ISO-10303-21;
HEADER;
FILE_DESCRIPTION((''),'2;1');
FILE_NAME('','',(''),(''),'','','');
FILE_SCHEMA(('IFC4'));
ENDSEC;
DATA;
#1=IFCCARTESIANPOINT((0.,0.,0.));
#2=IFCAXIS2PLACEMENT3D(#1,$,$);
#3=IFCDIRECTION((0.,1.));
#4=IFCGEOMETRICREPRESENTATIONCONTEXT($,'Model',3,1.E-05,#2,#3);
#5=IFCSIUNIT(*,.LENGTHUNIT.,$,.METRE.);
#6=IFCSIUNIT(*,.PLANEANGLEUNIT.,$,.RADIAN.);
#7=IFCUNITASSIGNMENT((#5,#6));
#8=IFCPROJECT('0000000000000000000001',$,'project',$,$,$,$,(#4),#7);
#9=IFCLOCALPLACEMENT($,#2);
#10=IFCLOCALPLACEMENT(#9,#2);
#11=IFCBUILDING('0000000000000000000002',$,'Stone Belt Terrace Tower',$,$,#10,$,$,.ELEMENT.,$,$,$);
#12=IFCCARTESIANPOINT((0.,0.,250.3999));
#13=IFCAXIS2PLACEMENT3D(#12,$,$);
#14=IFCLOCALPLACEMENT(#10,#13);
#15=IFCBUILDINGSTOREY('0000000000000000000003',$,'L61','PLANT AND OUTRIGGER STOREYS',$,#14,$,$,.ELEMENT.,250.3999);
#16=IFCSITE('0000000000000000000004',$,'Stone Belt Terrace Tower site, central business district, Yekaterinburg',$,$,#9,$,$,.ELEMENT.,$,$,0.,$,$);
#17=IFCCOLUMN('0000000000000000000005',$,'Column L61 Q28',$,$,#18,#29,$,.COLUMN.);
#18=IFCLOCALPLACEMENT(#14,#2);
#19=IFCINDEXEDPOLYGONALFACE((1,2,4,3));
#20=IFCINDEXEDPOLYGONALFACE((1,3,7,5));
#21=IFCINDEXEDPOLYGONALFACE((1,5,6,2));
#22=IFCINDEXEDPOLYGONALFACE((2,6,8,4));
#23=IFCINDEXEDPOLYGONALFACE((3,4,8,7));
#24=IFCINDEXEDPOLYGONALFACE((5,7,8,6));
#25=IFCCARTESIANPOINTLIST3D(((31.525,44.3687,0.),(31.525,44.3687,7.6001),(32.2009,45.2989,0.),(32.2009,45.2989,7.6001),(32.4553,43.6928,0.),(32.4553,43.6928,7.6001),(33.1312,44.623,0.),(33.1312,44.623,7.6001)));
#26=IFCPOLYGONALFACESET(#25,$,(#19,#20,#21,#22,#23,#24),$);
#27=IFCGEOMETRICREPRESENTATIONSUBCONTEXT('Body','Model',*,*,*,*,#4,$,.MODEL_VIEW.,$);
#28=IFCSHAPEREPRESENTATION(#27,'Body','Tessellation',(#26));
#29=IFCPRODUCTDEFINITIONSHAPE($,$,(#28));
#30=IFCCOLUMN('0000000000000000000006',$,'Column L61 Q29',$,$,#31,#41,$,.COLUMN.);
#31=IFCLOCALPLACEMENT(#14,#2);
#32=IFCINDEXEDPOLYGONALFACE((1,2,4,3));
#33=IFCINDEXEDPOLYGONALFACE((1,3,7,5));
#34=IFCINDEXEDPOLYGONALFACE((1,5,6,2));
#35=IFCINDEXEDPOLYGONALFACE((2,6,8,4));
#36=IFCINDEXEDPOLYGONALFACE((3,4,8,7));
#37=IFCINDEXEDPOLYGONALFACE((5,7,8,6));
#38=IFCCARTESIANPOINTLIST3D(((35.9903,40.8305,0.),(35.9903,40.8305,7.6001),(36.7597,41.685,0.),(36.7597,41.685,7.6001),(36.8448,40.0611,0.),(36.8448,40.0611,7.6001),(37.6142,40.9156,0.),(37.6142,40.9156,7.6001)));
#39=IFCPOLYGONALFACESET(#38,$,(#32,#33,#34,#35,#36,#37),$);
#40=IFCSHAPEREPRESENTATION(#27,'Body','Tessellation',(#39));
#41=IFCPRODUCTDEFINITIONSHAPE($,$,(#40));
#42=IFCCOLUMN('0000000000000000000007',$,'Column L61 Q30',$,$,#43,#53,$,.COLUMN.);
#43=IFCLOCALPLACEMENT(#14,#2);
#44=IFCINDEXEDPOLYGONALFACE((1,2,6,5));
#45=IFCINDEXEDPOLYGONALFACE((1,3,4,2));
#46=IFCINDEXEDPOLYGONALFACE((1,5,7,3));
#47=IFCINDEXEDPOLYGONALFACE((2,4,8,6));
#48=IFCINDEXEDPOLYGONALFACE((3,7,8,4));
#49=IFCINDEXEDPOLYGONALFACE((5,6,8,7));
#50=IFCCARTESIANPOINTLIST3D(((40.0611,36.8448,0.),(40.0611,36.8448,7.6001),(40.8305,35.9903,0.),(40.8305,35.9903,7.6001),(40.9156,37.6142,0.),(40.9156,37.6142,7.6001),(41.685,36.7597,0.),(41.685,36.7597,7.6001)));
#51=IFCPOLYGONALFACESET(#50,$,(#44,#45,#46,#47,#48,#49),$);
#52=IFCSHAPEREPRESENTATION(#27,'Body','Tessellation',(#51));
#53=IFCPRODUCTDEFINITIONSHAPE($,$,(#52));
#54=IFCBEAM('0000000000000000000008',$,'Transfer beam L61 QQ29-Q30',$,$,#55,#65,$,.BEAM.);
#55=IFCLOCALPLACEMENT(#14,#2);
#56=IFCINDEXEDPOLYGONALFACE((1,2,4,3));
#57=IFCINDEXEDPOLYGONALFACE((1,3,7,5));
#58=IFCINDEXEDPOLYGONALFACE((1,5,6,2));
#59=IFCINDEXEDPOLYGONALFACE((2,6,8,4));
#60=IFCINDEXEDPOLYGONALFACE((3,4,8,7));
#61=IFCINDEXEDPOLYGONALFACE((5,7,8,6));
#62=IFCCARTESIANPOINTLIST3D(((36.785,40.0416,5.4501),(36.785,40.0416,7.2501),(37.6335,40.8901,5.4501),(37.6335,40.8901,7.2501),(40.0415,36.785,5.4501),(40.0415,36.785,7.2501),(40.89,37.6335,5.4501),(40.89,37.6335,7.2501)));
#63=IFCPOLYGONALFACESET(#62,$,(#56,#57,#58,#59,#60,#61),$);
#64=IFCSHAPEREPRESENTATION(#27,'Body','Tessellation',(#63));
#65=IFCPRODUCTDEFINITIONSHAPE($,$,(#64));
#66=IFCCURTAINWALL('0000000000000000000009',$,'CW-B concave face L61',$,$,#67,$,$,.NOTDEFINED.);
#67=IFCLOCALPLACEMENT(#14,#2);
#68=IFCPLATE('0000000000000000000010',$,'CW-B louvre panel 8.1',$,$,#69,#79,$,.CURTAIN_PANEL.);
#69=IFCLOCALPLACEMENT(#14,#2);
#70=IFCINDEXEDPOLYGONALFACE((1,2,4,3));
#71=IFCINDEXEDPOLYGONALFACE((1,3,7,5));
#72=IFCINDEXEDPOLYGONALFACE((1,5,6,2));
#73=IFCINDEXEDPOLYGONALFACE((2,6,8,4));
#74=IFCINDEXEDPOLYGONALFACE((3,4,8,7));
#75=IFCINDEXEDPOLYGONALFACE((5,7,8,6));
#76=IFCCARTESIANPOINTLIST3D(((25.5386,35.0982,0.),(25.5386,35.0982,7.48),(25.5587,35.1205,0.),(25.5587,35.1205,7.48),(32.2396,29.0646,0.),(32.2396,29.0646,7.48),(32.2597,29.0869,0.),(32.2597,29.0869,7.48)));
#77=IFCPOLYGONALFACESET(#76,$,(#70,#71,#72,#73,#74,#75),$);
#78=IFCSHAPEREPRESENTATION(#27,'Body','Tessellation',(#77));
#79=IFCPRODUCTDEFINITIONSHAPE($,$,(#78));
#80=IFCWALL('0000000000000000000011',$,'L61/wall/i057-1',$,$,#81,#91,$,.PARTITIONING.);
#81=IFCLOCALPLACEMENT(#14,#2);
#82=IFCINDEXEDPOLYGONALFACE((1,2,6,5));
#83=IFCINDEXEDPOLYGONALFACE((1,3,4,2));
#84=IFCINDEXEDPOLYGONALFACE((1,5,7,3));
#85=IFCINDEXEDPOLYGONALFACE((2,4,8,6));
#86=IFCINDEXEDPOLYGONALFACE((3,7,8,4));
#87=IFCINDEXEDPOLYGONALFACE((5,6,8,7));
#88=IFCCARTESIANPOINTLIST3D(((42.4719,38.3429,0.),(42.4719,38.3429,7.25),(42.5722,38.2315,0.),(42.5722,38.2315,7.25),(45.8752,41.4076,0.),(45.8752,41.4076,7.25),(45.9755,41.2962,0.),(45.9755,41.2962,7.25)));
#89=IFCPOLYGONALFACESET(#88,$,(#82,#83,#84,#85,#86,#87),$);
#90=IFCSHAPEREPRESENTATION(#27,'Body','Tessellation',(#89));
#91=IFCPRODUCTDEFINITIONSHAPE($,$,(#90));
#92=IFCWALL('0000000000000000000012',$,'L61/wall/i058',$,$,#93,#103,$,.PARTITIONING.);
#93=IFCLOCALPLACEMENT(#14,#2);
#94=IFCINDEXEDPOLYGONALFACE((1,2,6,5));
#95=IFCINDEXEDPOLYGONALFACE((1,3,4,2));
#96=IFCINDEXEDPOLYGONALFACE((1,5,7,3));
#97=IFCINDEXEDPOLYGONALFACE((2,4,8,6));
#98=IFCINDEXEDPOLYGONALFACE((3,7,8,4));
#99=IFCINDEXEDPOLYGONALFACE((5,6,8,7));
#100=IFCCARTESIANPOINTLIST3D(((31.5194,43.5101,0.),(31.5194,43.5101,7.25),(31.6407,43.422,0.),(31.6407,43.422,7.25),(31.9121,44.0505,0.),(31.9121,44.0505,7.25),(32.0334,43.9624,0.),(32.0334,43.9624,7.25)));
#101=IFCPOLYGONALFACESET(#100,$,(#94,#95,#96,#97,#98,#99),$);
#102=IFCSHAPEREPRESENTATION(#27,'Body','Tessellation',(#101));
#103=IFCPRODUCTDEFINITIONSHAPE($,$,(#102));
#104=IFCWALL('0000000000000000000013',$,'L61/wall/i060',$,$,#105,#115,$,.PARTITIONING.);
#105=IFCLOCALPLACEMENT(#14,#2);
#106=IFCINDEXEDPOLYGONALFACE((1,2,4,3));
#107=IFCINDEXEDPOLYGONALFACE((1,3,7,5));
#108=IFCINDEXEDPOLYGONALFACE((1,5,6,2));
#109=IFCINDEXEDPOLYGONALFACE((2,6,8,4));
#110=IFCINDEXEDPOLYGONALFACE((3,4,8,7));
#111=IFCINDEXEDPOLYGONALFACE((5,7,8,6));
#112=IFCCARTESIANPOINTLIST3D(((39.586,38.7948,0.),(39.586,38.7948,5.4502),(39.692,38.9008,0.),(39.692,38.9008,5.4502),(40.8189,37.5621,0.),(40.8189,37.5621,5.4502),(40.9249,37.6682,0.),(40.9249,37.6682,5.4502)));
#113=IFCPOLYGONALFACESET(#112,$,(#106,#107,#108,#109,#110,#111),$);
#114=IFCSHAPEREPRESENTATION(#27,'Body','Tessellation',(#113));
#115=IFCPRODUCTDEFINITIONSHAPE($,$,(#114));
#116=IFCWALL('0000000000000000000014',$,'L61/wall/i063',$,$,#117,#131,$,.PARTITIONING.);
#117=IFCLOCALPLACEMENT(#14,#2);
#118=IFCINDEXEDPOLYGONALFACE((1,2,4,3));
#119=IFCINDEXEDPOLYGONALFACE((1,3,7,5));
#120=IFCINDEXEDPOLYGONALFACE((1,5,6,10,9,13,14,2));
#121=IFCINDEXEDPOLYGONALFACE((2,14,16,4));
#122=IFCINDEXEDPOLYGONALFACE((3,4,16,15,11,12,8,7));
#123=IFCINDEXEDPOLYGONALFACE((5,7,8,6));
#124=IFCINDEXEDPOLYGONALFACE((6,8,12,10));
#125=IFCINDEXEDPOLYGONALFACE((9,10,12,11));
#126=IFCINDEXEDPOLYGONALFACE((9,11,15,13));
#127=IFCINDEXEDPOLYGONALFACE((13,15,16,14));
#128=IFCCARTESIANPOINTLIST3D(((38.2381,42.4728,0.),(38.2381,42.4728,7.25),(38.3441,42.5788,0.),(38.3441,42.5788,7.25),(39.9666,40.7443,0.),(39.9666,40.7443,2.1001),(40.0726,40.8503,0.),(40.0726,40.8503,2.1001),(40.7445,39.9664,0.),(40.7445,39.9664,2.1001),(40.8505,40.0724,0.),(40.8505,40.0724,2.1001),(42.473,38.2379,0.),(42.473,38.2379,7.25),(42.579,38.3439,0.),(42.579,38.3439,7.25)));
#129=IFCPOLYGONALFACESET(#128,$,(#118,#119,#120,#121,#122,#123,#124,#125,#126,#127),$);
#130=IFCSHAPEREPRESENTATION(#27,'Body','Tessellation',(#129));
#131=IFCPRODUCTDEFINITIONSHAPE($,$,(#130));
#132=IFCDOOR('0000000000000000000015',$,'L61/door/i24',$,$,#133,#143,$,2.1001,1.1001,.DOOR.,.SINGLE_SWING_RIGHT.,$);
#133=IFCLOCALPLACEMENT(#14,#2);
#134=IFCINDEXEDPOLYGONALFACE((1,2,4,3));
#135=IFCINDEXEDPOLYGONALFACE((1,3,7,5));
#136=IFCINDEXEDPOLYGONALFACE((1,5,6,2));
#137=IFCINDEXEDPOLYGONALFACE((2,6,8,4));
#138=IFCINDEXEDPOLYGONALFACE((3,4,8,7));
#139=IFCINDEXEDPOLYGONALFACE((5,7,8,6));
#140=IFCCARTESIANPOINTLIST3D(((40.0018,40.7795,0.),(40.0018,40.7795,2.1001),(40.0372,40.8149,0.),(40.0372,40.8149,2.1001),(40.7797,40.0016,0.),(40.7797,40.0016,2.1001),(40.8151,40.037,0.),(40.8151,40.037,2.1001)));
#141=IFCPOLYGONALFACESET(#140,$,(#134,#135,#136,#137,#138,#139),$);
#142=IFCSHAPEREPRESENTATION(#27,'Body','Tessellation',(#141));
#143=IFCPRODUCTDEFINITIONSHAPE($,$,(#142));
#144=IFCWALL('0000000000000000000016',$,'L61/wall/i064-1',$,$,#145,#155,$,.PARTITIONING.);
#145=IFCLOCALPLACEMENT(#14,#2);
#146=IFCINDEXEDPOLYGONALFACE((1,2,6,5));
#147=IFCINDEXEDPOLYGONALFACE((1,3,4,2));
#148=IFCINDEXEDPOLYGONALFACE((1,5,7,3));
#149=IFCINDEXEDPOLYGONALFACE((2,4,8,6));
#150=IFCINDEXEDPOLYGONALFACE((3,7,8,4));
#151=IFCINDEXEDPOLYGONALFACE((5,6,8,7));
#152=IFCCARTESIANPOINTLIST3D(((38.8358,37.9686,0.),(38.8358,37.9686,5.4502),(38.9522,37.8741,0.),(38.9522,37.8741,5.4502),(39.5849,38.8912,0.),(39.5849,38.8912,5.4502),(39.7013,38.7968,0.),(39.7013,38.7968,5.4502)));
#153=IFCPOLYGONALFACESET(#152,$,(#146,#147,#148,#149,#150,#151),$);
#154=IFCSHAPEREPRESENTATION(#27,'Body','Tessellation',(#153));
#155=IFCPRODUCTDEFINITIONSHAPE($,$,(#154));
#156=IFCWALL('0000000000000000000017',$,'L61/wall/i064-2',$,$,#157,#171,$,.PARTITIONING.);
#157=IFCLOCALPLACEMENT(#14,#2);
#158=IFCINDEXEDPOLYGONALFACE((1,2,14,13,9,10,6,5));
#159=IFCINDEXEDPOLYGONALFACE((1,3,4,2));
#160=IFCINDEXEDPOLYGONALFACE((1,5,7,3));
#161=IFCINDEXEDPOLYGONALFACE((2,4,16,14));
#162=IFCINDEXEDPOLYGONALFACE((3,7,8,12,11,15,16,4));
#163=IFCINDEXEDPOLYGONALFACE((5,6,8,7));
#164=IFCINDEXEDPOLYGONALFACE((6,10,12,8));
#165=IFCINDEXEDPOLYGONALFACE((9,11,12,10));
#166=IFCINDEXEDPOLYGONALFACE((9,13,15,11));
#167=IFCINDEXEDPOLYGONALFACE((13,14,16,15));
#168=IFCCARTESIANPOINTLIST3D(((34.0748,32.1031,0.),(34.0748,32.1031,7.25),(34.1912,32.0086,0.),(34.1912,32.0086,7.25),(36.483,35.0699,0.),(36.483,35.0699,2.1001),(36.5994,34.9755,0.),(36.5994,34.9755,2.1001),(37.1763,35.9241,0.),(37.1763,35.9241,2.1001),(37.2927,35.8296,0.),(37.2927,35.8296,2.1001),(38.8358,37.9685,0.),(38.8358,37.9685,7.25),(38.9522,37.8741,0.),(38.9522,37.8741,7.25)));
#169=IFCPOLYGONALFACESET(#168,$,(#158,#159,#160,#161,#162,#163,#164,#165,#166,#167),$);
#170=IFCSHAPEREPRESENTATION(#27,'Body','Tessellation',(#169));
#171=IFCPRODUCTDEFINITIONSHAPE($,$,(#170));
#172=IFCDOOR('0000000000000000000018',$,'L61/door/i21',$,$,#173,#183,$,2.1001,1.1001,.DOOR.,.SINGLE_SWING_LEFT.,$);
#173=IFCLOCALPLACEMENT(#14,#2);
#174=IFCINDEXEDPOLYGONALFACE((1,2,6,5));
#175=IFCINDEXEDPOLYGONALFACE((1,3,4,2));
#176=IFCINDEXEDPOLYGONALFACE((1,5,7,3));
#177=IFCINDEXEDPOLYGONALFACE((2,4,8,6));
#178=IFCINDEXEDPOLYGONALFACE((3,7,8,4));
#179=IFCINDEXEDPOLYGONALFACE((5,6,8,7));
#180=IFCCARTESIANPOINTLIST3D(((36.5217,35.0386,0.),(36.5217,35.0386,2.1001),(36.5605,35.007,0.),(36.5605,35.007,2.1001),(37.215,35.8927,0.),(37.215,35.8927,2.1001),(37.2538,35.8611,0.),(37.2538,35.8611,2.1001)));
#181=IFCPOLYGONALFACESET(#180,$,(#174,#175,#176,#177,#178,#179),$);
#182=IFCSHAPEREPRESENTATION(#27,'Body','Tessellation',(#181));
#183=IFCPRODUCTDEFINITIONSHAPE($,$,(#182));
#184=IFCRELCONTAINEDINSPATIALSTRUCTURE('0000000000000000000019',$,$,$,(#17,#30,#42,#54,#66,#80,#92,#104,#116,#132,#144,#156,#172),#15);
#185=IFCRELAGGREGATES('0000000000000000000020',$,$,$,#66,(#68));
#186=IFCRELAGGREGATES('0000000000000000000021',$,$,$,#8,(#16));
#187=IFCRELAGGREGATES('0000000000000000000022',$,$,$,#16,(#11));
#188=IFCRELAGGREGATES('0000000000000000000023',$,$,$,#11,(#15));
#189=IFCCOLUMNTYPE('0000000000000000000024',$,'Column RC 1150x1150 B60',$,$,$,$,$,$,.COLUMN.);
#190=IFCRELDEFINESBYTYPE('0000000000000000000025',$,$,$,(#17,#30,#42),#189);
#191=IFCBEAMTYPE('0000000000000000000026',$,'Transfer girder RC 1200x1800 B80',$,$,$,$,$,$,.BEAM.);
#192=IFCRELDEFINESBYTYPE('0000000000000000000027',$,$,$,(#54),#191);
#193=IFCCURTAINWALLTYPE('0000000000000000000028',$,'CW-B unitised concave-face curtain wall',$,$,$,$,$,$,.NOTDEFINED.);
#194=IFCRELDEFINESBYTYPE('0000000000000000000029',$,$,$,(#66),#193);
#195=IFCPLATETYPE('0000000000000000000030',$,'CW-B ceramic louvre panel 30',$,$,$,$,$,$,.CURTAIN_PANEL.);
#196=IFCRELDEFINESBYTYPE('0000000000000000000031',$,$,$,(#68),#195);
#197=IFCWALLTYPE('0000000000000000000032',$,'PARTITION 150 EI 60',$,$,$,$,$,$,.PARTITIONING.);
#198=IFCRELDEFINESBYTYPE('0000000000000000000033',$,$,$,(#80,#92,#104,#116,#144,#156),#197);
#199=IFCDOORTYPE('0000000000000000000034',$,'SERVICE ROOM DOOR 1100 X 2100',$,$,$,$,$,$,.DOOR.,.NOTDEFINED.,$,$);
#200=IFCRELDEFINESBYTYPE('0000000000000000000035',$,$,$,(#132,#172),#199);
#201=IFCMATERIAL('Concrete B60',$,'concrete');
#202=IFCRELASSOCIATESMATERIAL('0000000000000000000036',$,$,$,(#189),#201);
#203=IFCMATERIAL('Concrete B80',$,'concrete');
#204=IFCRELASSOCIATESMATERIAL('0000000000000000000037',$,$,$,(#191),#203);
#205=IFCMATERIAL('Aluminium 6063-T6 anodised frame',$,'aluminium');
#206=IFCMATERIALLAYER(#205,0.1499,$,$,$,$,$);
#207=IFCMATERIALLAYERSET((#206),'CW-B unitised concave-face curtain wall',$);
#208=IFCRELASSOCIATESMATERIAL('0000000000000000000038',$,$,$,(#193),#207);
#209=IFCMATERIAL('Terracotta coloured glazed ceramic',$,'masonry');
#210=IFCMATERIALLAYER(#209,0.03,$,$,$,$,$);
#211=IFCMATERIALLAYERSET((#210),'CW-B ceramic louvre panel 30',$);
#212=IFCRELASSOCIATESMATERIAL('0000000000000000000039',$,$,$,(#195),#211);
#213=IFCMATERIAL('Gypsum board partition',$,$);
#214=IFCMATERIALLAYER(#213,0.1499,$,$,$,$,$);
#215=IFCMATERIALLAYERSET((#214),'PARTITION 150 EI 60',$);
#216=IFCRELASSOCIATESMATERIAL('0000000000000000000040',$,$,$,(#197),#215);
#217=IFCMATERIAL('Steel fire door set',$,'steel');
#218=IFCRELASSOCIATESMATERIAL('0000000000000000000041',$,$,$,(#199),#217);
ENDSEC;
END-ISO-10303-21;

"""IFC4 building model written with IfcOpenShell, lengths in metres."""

from ifc_helpers import new_model, si_unit, direction, frame, frame_2d, origin, origin_2d, place, context, subcontext, project, spatial, rectangle, extrude, material, layer, layer_set, material_profile, profile_set, type_object, element, fill, aggregate, save


model = new_model("IFC4")

# Units and contexts
model_context = context("Model", 3, precision=1e-05, world=origin(), true_north=direction((0.0, 1.0)))
body_context = subcontext(model_context, "Body", "Model", "MODEL_VIEW")
ifc_project = project(units=[si_unit("LENGTHUNIT", "METRE"), si_unit("PLANEANGLEUNIT", "RADIAN")], contexts=[model_context])

# Site, building, storey
site_placement = place(None, origin())
site = spatial("IfcSite", under=ifc_project, at=site_placement, Name="Stone Belt Terrace Tower site, central business district, Yekaterinburg", CompositionType="ELEMENT", RefElevation=0.0)
building_placement = place(site_placement, origin())
building = spatial("IfcBuilding", under=site, at=building_placement, Name="Stone Belt Terrace Tower", CompositionType="ELEMENT")
storey_placement = place(building_placement, frame((0.0, 0.0, 250.3999)))
storey = spatial("IfcBuildingStorey", under=building, at=storey_placement, Name="L61", Description="PLANT AND OUTRIGGER STOREYS", CompositionType="ELEMENT", Elevation=250.3999)

# Columns
ifc_material_1 = material(Name="Concrete B60", Category="concrete")
ifc_material_profile_1 = material_profile(ifc_material_1, rectangle(XDim=1.1499, YDim=1.1499, at=origin_2d()), Name="RC 1150x1150")
ifc_profile_set_1 = profile_set([ifc_material_profile_1], Name="Concrete B60")
column_type = type_object("IfcColumnType", Name="Column RC 1150x1150 B60", PredefinedType="COLUMN", material=ifc_profile_set_1)
for number, where, z_axis, x_axis, name in (
    (1, (32.3281, 44.4958, 0.0), (0.0, 0.0, 1.0), (0.809017, -0.587785, 0.0), "Column L61 Q28"),
    (2, (36.8022, 40.873, 0.0), (0.0, 0.0, 1.0), (0.743145, -0.669131, 0.0), "Column L61 Q29"),
    (3, (40.873, 36.8022, 0.0), (0.0, 0.0, 1.0), (0.669131, -0.743145, 0.0), "Column L61 Q30"),
):
    element("IfcColumn", number, at=place(storey_placement, frame(where, z_axis=z_axis, x_axis=x_axis)), inside=storey, type_object=column_type, Name=name, PredefinedType="COLUMN", context=body_context, shape_type="SweptSolid", body=[
        extrude(rectangle(XDim=1.1499, YDim=1.1499, at=origin_2d()), origin(), (0.0, 0.0, 1.0), 7.6001),
    ])

# Beam
ifc_material_2 = material(Name="Concrete B80", Category="concrete")
ifc_material_profile_2 = material_profile(ifc_material_2, rectangle(XDim=1.2, YDim=1.8, at=origin_2d()), Name="RC 1200x1800")
ifc_profile_set_2 = profile_set([ifc_material_profile_2], Name="Concrete B80")
beam_type = type_object("IfcBeamType", Name="Transfer girder RC 1200x1800 B80", PredefinedType="BEAM", material=ifc_profile_set_2)
beam_placement = place(storey_placement, frame((37.2092, 40.4658, 6.3501), z_axis=(0.707107, -0.707107, 0.0), x_axis=(0.707107, 0.707107, 0.0)))
element("IfcBeam", 4, at=beam_placement, inside=storey, type_object=beam_type, Name="Transfer beam L61 QQ29-Q30", PredefinedType="BEAM", context=body_context, shape_type="SweptSolid", body=[
    extrude(rectangle(XDim=1.2, YDim=1.8, at=origin_2d()), origin(), (0.0, 0.0, 1.0), 4.6055),
])

# Curtain wall, plate
ifc_material_3 = material(Name="Aluminium 6063-T6 anodised frame", Category="aluminium")
ifc_layer_1 = layer(ifc_material_3, 0.1499)
ifc_layer_set_1 = layer_set([ifc_layer_1], Name="CW-B unitised concave-face curtain wall")
curtain_wall_type = type_object("IfcCurtainWallType", Name="CW-B unitised concave-face curtain wall", PredefinedType="NOTDEFINED", material=ifc_layer_set_1)
curtain_wall_placement = place(storey_placement, origin())
curtain_wall = element("IfcCurtainWall", 5, at=curtain_wall_placement, inside=storey, type_object=curtain_wall_type, Name="CW-B concave face L61", PredefinedType="NOTDEFINED")
ifc_material_4 = material(Name="Terracotta coloured glazed ceramic", Category="masonry")
ifc_layer_2 = layer(ifc_material_4, 0.03)
ifc_layer_set_2 = layer_set([ifc_layer_2], Name="CW-B ceramic louvre panel 30")
plate_type = type_object("IfcPlateType", Name="CW-B ceramic louvre panel 30", PredefinedType="CURTAIN_PANEL", material=ifc_layer_set_2)
plate_placement = place(storey_placement, frame((28.8992, 32.0925, 0.0), z_axis=(0.0, 0.0, 1.0), x_axis=(0.743145, -0.669131, 0.0)))
plate = element("IfcPlate", 6, at=plate_placement, type_object=plate_type, Name="CW-B louvre panel 8.1", PredefinedType="CURTAIN_PANEL", context=body_context, shape_type="SweptSolid", body=[
    extrude(rectangle(XDim=9.0171, YDim=0.03, at=origin_2d()), origin(), (0.0, 0.0, 1.0), 7.48),
])
aggregate(curtain_wall, [plate])

# Walls
ifc_material_5 = material(Name="Gypsum board partition")
ifc_layer_3 = layer(ifc_material_5, 0.1499)
ifc_layer_set_3 = layer_set([ifc_layer_3], Name="PARTITION 150 EI 60")
wall_type_1 = type_object("IfcWallType", Name="PARTITION 150 EI 60", PredefinedType="PARTITIONING", material=ifc_layer_set_3)
wall_1_placement = place(storey_placement, frame((42.522, 38.2871, 0.0), z_axis=(0.0, 0.0, 1.0), x_axis=(0.743109, 0.669171, 0.0)))
element("IfcWall", 7, at=wall_1_placement, inside=storey, type_object=wall_type_1, Name="L61/wall/i057-1", PredefinedType="PARTITIONING", context=body_context, shape_type="SweptSolid", body=[
    extrude(rectangle(XDim=4.5798, YDim=0.1499, at=frame_2d((2.29, 0.0))), origin(), (0.0, 0.0, 1.0), 7.25),
])
wall_2_placement = place(storey_placement, frame((31.5801, 43.4661, 0.0), z_axis=(0.0, 0.0, 1.0), x_axis=(0.587824, 0.808989, 0.0)))
element("IfcWall", 8, at=wall_2_placement, inside=storey, type_object=wall_type_1, Name="L61/wall/i058", PredefinedType="PARTITIONING", context=body_context, shape_type="SweptSolid", body=[
    extrude(rectangle(XDim=0.668, YDim=0.1499, at=frame_2d((0.334, 0.0))), origin(), (0.0, 0.0, 1.0), 7.25),
])
wall_3_placement = place(storey_placement, frame((40.8718, 37.6152, 0.0), z_axis=(0.0, 0.0, 1.0), x_axis=(-0.707177, 0.707037, 0.0)))
element("IfcWall", 9, at=wall_3_placement, inside=storey, type_object=wall_type_1, Name="L61/wall/i060", PredefinedType="PARTITIONING", context=body_context, shape_type="SweptSolid", body=[
    extrude(rectangle(XDim=1.7434, YDim=0.1499, at=frame_2d((0.8716, 0.0))), origin(), (0.0, 0.0, 1.0), 5.4502),
])

# Wall, opening, door
wall_4_placement = place(storey_placement, frame((38.291, 42.5259, 0.0), z_axis=(0.0, 0.0, 1.0), x_axis=(0.707107, -0.707107, 0.0)))
wall_4 = element("IfcWall", 10, at=wall_4_placement, inside=storey, type_object=wall_type_1, Name="L61/wall/i063", PredefinedType="PARTITIONING", context=body_context, shape_type="SweptSolid", body=[
    extrude(rectangle(XDim=5.989, YDim=0.1499, at=frame_2d((2.9946, 0.0))), origin(), (0.0, 0.0, 1.0), 7.25),
])
opening_1_placement = place(wall_4_placement, frame((2.4446, 0.0, 0.0)))
opening_1 = element("IfcOpeningElement", 11, at=opening_1_placement, cuts=wall_4, PredefinedType="OPENING", context=body_context, shape_type="SweptSolid", body=[
    extrude(rectangle(XDim=1.1001, YDim=2.1001, at=frame_2d((0.55, 1.05))), frame((0.0, 0.085, 0.0), z_axis=(0.0, -1.0, 0.0), x_axis=(1.0, 0.0, 0.0)), (0.0, 0.0, 1.0), 0.1699),
])
ifc_material_6 = material(Name="Steel fire door set", Category="steel")
door_type_1 = type_object("IfcDoorType", Name="SERVICE ROOM DOOR 1100 X 2100", OperationType="NOTDEFINED", PredefinedType="DOOR", material=ifc_material_6)
door_1_placement = place(opening_1_placement, origin())
door_1 = element("IfcDoor", 12, at=door_1_placement, inside=storey, type_object=door_type_1, Name="L61/door/i24", OperationType="SINGLE_SWING_RIGHT", OverallHeight=2.1001, OverallWidth=1.1001, PredefinedType="DOOR", context=body_context, shape_type="SweptSolid", body=[
    extrude(rectangle(XDim=1.1001, YDim=2.1001, at=frame_2d((0.55, 1.05))), frame((0.0, 0.0249, 0.0), z_axis=(0.0, -1.0, 0.0), x_axis=(1.0, 0.0, 0.0)), (0.0, 0.0, 1.0), 0.05),
])
fill(opening_1, door_1)

# Wall
wall_5_placement = place(storey_placement, frame((39.6431, 38.844, 0.0), z_axis=(0.0, 0.0, 1.0), x_axis=(-0.630291, -0.776359, 0.0)))
element("IfcWall", 13, at=wall_5_placement, inside=storey, type_object=wall_type_1, Name="L61/wall/i064-1", PredefinedType="PARTITIONING", context=body_context, shape_type="SweptSolid", body=[
    extrude(rectangle(XDim=1.1885, YDim=0.1499, at=frame_2d((0.5942, 0.0))), origin(), (0.0, 0.0, 1.0), 5.4502),
])

# Wall, opening, door
wall_6_placement = place(storey_placement, frame((38.894, 37.9214, 0.0), z_axis=(0.0, 0.0, 1.0), x_axis=(-0.630217, -0.776419, 0.0)))
wall_6 = element("IfcWall", 14, at=wall_6_placement, inside=storey, type_object=wall_type_1, Name="L61/wall/i064-2", PredefinedType="PARTITIONING", context=body_context, shape_type="SweptSolid", body=[
    extrude(rectangle(XDim=7.5544, YDim=0.1499, at=frame_2d((3.7773, 0.0))), origin(), (0.0, 0.0, 1.0), 7.25),
])
opening_2_placement = place(wall_6_placement, frame((2.6333, 0.0, 0.0)))
opening_2 = element("IfcOpeningElement", 15, at=opening_2_placement, cuts=wall_6, PredefinedType="OPENING", context=body_context, shape_type="SweptSolid", body=[
    extrude(rectangle(XDim=1.1001, YDim=2.1001, at=frame_2d((0.55, 1.05))), frame((0.0, 0.085, 0.0), z_axis=(0.0, -1.0, 0.0), x_axis=(1.0, 0.0, 0.0)), (0.0, 0.0, 1.0), 0.1699),
])
door_2_placement = place(opening_2_placement, origin())
door_2 = element("IfcDoor", 16, at=door_2_placement, inside=storey, type_object=door_type_1, Name="L61/door/i21", OperationType="SINGLE_SWING_LEFT", OverallHeight=2.1001, OverallWidth=1.1001, PredefinedType="DOOR", context=body_context, shape_type="SweptSolid", body=[
    extrude(rectangle(XDim=1.1001, YDim=2.1001, at=frame_2d((0.55, 1.05))), frame((0.0, 0.0249, 0.0), z_axis=(0.0, -1.0, 0.0), x_axis=(1.0, 0.0, 0.0)), (0.0, 0.0, 1.0), 0.05),
])
fill(opening_2, door_2)

save(model, "model.ifc")
